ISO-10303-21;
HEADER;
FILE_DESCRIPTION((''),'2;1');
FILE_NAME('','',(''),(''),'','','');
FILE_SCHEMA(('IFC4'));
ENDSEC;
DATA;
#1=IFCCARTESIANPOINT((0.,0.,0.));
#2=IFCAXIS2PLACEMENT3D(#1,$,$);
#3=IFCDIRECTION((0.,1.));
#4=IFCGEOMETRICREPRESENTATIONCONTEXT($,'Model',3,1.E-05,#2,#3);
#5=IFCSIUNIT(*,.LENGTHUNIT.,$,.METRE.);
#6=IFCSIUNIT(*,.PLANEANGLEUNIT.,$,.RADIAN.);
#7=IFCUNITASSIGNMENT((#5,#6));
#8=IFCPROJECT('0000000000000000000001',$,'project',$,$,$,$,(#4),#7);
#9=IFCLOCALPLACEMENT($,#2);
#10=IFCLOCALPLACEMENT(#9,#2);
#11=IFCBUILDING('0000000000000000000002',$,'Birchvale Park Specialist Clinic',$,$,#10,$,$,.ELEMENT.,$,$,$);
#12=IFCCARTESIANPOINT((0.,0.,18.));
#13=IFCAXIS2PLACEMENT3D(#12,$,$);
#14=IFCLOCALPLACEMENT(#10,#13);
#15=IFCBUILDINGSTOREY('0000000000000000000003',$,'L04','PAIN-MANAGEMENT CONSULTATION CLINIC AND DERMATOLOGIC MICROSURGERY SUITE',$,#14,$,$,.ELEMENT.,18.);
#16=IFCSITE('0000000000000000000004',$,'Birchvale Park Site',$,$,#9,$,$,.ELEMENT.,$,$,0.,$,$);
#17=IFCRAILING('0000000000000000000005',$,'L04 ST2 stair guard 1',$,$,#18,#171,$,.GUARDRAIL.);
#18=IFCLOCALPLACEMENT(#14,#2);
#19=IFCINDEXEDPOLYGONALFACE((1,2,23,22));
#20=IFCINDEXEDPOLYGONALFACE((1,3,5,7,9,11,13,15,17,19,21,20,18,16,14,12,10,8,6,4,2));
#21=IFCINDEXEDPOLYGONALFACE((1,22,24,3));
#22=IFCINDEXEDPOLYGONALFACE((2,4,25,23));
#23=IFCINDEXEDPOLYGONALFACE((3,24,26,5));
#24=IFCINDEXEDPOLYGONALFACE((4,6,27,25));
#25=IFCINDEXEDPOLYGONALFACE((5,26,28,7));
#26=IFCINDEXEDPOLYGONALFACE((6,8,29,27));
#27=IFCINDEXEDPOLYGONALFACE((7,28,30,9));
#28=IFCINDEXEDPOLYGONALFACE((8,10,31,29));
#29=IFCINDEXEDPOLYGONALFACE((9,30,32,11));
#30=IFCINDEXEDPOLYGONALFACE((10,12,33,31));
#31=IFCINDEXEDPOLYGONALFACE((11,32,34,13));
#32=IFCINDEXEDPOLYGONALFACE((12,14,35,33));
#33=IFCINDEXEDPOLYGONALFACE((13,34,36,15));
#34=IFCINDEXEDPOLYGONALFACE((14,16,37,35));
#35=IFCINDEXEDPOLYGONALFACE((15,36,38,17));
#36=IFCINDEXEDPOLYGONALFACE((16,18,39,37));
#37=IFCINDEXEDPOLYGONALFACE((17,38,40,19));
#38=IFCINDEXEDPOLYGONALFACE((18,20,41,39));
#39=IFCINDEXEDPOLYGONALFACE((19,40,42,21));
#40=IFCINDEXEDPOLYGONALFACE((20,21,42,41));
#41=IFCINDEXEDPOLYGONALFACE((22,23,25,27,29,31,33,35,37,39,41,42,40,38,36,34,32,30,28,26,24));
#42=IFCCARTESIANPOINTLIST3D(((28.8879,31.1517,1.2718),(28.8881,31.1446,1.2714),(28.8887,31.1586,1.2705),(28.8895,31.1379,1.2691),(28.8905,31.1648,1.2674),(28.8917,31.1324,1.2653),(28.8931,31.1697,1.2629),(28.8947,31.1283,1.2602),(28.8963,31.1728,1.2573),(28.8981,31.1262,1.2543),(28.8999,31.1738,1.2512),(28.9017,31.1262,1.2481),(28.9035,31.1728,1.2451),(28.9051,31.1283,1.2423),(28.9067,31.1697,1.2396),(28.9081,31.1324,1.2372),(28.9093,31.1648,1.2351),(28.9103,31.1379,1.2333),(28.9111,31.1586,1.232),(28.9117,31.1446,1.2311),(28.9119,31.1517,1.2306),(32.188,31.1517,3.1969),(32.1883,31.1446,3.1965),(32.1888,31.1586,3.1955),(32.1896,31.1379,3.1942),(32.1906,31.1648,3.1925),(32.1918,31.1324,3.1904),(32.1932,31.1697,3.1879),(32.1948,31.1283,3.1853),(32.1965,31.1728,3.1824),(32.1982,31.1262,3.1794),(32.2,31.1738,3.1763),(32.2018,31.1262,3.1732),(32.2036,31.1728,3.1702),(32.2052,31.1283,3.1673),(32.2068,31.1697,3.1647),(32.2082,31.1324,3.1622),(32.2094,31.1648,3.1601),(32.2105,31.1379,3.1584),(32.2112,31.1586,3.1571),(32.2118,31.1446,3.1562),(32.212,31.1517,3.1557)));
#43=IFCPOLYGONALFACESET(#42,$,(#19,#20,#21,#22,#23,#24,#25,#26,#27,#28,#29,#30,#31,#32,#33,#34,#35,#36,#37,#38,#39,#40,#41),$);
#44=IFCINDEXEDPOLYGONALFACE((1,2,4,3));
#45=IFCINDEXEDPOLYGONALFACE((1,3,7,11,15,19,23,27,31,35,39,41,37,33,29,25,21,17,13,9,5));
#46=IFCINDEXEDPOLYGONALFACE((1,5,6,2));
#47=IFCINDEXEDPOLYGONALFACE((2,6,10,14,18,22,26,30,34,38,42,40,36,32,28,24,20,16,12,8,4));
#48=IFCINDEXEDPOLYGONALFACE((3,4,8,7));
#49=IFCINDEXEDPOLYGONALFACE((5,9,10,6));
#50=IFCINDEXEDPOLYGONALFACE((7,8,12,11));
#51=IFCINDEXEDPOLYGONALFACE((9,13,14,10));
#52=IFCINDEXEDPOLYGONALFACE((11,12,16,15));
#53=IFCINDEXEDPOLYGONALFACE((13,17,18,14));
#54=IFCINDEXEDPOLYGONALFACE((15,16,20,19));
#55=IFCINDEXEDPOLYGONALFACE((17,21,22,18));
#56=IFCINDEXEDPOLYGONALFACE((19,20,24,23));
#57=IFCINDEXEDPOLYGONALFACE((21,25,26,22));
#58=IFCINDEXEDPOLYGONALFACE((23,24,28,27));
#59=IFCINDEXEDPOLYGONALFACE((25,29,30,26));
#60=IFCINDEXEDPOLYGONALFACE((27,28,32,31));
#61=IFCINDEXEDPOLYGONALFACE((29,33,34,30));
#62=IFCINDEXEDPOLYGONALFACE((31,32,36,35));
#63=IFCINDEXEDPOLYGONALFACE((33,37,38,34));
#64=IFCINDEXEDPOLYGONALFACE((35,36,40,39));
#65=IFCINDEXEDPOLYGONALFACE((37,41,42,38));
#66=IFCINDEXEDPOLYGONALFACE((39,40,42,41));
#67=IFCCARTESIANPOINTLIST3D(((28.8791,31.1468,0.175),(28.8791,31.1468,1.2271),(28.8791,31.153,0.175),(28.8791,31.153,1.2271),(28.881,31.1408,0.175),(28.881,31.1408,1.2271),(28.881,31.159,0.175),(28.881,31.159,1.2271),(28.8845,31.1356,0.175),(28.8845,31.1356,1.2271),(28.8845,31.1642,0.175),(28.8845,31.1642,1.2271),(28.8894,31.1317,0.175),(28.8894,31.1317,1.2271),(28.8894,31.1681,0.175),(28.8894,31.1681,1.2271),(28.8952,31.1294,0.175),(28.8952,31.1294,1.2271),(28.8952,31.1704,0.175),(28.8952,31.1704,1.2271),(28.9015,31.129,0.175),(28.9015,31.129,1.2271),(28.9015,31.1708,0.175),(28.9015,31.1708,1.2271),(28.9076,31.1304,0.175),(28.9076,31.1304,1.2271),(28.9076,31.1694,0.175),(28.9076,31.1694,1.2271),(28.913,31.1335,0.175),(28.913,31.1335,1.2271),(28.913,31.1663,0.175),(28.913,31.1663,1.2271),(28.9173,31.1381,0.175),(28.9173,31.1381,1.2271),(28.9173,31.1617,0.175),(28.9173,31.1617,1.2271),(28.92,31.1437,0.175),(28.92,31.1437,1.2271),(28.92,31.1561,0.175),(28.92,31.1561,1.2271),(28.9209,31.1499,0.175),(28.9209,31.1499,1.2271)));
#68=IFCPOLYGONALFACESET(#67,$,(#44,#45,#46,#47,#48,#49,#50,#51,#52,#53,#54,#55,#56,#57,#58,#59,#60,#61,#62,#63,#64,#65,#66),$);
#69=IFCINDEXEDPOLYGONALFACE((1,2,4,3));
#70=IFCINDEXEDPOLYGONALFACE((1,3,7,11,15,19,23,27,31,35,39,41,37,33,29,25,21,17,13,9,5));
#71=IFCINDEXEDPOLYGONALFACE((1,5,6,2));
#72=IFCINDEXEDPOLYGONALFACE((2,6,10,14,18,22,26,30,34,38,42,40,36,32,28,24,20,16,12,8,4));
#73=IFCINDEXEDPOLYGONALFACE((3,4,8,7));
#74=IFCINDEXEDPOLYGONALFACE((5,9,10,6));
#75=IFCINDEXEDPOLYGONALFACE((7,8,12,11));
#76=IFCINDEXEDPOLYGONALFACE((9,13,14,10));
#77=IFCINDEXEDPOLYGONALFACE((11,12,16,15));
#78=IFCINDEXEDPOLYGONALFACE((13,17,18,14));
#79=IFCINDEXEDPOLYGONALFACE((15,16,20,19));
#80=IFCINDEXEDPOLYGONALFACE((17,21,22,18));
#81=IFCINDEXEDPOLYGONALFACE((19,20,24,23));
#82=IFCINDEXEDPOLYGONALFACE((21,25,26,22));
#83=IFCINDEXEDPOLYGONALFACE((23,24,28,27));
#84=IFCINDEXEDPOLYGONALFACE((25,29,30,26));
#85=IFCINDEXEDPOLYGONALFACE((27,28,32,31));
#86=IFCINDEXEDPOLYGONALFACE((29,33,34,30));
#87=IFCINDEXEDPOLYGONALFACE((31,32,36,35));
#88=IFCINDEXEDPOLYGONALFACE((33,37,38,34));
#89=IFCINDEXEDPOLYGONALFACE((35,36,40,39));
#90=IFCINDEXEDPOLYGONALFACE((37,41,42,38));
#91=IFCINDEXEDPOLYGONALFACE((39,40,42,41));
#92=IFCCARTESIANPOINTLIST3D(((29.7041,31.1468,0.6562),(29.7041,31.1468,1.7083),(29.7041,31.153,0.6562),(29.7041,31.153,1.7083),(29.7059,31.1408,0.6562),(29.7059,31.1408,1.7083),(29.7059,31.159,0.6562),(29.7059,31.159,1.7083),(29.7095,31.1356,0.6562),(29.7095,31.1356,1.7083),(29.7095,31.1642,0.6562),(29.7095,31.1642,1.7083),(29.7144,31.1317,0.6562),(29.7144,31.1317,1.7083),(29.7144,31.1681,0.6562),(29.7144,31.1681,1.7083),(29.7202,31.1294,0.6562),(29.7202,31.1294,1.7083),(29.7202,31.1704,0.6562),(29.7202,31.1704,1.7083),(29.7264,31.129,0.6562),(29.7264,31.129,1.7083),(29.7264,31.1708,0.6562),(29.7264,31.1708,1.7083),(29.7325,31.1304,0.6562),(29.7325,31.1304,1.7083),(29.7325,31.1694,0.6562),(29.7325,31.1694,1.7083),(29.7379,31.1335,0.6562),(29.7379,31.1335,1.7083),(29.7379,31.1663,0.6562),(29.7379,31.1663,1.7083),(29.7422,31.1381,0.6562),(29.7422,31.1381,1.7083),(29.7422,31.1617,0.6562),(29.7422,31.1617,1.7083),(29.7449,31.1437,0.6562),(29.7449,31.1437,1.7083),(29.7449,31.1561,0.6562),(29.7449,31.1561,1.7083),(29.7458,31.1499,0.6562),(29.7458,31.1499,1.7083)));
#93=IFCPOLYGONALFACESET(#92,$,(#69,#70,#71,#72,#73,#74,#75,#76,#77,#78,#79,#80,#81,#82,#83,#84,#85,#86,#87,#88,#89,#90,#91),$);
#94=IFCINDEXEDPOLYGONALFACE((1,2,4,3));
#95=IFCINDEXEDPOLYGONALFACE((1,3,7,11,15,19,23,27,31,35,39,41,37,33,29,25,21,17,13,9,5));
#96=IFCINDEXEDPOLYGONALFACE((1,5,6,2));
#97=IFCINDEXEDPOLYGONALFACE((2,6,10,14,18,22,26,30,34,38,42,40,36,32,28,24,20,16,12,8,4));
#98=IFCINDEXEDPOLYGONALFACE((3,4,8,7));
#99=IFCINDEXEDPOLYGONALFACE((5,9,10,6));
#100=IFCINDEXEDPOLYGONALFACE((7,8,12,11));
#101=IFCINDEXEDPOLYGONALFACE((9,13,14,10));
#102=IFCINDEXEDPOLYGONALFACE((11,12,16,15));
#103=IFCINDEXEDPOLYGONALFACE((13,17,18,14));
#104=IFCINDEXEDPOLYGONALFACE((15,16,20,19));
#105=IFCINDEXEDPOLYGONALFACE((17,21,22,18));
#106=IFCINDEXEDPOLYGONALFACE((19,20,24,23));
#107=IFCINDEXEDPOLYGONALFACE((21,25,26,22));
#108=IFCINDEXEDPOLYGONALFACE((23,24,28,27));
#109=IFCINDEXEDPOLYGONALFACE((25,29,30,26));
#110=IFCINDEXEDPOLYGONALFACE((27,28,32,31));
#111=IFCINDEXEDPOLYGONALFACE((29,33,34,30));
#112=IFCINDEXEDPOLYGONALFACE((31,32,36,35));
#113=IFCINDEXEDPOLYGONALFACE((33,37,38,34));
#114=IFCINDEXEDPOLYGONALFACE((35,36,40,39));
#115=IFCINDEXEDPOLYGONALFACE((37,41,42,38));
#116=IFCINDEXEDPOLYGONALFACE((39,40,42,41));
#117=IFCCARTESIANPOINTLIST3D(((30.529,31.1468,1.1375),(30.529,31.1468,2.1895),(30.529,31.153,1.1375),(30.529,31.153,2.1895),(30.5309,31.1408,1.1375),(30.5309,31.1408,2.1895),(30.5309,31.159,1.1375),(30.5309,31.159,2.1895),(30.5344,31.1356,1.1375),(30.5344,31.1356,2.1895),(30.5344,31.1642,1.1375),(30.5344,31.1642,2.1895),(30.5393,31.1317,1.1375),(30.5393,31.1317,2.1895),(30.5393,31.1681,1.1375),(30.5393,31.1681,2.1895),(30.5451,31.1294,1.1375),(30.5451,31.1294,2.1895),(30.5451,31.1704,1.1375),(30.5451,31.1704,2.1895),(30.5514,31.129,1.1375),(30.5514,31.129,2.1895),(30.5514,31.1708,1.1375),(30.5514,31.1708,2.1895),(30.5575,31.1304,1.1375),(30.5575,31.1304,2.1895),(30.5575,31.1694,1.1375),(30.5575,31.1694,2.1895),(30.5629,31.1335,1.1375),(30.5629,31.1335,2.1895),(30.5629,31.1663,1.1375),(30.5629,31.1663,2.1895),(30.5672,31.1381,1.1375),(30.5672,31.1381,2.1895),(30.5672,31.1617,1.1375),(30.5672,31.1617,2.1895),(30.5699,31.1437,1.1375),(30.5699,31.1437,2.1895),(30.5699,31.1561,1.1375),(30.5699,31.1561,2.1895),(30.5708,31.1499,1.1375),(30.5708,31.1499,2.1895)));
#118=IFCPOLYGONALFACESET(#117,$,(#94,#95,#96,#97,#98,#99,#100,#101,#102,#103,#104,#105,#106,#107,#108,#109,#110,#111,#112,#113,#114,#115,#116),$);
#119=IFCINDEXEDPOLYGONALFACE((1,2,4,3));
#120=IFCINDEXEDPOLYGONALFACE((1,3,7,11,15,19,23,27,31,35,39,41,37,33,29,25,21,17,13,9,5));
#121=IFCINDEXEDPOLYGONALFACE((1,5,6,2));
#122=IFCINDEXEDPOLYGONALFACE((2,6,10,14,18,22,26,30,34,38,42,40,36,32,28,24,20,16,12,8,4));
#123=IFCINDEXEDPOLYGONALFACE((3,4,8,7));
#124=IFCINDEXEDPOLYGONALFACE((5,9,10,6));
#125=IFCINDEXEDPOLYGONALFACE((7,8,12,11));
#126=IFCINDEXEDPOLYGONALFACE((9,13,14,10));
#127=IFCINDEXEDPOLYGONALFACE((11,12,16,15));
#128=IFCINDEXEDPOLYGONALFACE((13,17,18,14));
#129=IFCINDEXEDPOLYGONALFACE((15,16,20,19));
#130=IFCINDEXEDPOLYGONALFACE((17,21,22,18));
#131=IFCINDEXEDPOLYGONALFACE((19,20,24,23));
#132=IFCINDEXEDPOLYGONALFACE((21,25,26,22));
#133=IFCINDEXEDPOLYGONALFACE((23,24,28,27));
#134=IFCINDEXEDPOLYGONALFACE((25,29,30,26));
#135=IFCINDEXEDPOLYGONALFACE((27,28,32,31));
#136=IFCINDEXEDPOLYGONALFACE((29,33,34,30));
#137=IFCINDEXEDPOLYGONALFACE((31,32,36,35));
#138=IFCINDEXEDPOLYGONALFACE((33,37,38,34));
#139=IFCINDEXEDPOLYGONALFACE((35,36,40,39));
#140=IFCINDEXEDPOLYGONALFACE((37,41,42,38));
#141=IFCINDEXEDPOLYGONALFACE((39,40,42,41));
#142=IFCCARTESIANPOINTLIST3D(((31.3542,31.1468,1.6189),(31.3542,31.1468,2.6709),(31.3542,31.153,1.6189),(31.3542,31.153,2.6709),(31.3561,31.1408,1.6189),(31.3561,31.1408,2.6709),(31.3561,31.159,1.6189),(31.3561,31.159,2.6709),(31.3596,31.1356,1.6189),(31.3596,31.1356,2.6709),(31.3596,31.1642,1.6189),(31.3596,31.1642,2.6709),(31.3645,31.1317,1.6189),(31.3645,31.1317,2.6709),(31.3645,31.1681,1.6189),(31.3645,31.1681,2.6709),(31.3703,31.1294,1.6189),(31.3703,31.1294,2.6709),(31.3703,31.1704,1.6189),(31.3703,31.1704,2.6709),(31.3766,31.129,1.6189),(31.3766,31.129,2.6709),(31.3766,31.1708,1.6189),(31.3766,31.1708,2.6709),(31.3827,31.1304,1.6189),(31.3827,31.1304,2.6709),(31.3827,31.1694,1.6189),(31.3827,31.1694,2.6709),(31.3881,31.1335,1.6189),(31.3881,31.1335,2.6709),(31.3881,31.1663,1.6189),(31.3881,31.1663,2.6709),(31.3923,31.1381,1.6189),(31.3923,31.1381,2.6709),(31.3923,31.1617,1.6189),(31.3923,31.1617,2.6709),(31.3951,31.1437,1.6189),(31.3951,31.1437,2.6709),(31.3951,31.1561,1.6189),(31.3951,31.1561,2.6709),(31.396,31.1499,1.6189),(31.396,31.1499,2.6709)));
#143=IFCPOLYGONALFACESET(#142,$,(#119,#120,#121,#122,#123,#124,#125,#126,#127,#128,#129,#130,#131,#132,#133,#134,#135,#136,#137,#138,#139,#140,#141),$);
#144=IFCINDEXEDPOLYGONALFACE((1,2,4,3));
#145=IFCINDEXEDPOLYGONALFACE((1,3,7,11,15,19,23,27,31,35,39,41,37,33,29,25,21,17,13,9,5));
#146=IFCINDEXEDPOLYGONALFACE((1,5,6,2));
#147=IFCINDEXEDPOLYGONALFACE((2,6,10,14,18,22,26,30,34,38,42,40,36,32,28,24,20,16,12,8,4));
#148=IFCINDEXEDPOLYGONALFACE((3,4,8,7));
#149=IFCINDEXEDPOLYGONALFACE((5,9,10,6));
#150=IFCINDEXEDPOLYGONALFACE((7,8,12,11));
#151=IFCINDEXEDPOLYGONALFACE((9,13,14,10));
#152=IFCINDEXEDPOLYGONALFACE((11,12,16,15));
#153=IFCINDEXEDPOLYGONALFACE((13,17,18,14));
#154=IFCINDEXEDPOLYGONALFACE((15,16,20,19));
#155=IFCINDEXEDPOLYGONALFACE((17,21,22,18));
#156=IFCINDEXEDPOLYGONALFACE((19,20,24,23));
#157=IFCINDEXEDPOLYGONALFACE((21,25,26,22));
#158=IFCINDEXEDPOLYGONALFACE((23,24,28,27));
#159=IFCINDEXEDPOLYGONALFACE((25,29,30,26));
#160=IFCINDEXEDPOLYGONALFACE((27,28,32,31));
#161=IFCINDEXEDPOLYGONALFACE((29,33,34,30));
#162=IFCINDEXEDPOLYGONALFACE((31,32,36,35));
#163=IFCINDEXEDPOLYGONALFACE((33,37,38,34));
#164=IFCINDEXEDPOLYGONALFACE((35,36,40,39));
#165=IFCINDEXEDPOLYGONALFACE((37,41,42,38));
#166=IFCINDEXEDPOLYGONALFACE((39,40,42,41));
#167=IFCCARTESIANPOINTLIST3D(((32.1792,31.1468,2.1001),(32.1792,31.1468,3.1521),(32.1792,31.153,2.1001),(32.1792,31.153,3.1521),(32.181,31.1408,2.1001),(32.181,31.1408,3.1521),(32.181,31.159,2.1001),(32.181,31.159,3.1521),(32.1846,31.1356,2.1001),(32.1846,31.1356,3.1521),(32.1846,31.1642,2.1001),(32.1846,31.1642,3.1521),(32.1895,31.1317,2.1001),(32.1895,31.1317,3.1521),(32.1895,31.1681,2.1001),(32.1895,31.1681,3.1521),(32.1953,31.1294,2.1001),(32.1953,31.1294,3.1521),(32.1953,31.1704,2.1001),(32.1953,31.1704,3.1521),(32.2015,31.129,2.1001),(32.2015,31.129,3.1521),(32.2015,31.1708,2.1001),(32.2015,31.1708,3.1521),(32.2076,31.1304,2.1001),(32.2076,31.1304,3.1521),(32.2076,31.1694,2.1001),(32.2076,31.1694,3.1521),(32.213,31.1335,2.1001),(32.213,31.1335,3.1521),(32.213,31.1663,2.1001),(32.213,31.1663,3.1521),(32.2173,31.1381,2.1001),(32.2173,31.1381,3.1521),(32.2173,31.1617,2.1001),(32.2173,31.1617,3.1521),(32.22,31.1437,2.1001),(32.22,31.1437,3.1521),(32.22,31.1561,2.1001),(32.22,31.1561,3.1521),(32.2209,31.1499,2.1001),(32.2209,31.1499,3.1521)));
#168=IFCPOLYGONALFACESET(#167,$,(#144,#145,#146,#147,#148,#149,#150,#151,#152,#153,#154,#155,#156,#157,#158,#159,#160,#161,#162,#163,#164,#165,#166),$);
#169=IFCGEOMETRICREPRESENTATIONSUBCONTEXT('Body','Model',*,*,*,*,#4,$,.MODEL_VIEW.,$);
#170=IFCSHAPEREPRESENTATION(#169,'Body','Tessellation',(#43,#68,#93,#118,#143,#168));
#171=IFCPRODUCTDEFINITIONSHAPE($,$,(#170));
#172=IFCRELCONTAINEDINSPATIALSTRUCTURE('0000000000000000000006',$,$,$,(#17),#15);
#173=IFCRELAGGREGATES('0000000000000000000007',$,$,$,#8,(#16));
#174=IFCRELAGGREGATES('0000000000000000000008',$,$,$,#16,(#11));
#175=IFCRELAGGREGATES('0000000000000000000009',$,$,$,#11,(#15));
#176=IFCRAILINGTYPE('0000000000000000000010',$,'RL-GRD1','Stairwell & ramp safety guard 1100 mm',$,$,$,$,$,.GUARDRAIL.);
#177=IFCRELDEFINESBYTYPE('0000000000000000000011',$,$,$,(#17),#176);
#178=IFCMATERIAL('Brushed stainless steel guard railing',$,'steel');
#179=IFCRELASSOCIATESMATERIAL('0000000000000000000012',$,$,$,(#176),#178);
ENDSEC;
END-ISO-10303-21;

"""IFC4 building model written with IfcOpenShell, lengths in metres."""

from ifc_helpers import new_model, si_unit, direction, frame, origin, origin_2d, place, context, subcontext, project, spatial, circle, extrude, material, type_object, element, save


model = new_model("IFC4")

# Units and contexts
model_context = context("Model", 3, precision=1e-05, world=origin(), true_north=direction((0.0, 1.0)))
body_context = subcontext(model_context, "Body", "Model", "MODEL_VIEW")
ifc_project = project(units=[si_unit("LENGTHUNIT", "METRE"), si_unit("PLANEANGLEUNIT", "RADIAN")], contexts=[model_context])

# Site, building, storey
site_placement = place(None, origin())
site = spatial("IfcSite", under=ifc_project, at=site_placement, Name="Birchvale Park Site", CompositionType="ELEMENT", RefElevation=0.0)
building_placement = place(site_placement, origin())
building = spatial("IfcBuilding", under=site, at=building_placement, Name="Birchvale Park Specialist Clinic", CompositionType="ELEMENT")
storey_placement = place(building_placement, frame((0.0, 0.0, 18.0)))
storey = spatial("IfcBuildingStorey", under=building, at=storey_placement, Name="L04", Description="PAIN-MANAGEMENT CONSULTATION CLINIC AND DERMATOLOGIC MICROSURGERY SUITE", CompositionType="ELEMENT", Elevation=18.0)

# Railing
ifc_material_1 = material(Name="Brushed stainless steel guard railing", Category="steel")
railing_type_1 = type_object("IfcRailingType", Name="RL-GRD1", Description="Stairwell & ramp safety guard 1100 mm", PredefinedType="GUARDRAIL", material=ifc_material_1)
railing_1_placement = place(storey_placement, frame((28.8999, 31.1499, 0.175)))
element("IfcRailing", 1, at=railing_1_placement, inside=storey, type_object=railing_type_1, Name="L04 ST2 stair guard 1", PredefinedType="GUARDRAIL", context=body_context, shape_type="SweptSolid", body=[
    extrude(circle(Radius=0.0239, at=origin_2d()), frame((0.0, 0.0, 1.0762), z_axis=(0.863777, 0.0, 0.503875), x_axis=(0.0, 1.0, 0.0)), (0.0, 0.0, 1.0), 3.8206),
    extrude(circle(Radius=0.021, at=origin_2d()), origin(), (0.0, 0.0, 1.0), 1.052),
    extrude(circle(Radius=0.021, at=origin_2d()), frame((0.825, 0.0, 0.4812)), (0.0, 0.0, 1.0), 1.052),
    extrude(circle(Radius=0.021, at=origin_2d()), frame((1.6499, 0.0, 0.9624)), (0.0, 0.0, 1.0), 1.052),
    extrude(circle(Radius=0.021, at=origin_2d()), frame((2.4751, 0.0, 1.4438)), (0.0, 0.0, 1.0), 1.052),
    extrude(circle(Radius=0.021, at=origin_2d()), frame((3.3, 0.0, 1.925)), (0.0, 0.0, 1.0), 1.052),
])

save(model, "model.ifc")
